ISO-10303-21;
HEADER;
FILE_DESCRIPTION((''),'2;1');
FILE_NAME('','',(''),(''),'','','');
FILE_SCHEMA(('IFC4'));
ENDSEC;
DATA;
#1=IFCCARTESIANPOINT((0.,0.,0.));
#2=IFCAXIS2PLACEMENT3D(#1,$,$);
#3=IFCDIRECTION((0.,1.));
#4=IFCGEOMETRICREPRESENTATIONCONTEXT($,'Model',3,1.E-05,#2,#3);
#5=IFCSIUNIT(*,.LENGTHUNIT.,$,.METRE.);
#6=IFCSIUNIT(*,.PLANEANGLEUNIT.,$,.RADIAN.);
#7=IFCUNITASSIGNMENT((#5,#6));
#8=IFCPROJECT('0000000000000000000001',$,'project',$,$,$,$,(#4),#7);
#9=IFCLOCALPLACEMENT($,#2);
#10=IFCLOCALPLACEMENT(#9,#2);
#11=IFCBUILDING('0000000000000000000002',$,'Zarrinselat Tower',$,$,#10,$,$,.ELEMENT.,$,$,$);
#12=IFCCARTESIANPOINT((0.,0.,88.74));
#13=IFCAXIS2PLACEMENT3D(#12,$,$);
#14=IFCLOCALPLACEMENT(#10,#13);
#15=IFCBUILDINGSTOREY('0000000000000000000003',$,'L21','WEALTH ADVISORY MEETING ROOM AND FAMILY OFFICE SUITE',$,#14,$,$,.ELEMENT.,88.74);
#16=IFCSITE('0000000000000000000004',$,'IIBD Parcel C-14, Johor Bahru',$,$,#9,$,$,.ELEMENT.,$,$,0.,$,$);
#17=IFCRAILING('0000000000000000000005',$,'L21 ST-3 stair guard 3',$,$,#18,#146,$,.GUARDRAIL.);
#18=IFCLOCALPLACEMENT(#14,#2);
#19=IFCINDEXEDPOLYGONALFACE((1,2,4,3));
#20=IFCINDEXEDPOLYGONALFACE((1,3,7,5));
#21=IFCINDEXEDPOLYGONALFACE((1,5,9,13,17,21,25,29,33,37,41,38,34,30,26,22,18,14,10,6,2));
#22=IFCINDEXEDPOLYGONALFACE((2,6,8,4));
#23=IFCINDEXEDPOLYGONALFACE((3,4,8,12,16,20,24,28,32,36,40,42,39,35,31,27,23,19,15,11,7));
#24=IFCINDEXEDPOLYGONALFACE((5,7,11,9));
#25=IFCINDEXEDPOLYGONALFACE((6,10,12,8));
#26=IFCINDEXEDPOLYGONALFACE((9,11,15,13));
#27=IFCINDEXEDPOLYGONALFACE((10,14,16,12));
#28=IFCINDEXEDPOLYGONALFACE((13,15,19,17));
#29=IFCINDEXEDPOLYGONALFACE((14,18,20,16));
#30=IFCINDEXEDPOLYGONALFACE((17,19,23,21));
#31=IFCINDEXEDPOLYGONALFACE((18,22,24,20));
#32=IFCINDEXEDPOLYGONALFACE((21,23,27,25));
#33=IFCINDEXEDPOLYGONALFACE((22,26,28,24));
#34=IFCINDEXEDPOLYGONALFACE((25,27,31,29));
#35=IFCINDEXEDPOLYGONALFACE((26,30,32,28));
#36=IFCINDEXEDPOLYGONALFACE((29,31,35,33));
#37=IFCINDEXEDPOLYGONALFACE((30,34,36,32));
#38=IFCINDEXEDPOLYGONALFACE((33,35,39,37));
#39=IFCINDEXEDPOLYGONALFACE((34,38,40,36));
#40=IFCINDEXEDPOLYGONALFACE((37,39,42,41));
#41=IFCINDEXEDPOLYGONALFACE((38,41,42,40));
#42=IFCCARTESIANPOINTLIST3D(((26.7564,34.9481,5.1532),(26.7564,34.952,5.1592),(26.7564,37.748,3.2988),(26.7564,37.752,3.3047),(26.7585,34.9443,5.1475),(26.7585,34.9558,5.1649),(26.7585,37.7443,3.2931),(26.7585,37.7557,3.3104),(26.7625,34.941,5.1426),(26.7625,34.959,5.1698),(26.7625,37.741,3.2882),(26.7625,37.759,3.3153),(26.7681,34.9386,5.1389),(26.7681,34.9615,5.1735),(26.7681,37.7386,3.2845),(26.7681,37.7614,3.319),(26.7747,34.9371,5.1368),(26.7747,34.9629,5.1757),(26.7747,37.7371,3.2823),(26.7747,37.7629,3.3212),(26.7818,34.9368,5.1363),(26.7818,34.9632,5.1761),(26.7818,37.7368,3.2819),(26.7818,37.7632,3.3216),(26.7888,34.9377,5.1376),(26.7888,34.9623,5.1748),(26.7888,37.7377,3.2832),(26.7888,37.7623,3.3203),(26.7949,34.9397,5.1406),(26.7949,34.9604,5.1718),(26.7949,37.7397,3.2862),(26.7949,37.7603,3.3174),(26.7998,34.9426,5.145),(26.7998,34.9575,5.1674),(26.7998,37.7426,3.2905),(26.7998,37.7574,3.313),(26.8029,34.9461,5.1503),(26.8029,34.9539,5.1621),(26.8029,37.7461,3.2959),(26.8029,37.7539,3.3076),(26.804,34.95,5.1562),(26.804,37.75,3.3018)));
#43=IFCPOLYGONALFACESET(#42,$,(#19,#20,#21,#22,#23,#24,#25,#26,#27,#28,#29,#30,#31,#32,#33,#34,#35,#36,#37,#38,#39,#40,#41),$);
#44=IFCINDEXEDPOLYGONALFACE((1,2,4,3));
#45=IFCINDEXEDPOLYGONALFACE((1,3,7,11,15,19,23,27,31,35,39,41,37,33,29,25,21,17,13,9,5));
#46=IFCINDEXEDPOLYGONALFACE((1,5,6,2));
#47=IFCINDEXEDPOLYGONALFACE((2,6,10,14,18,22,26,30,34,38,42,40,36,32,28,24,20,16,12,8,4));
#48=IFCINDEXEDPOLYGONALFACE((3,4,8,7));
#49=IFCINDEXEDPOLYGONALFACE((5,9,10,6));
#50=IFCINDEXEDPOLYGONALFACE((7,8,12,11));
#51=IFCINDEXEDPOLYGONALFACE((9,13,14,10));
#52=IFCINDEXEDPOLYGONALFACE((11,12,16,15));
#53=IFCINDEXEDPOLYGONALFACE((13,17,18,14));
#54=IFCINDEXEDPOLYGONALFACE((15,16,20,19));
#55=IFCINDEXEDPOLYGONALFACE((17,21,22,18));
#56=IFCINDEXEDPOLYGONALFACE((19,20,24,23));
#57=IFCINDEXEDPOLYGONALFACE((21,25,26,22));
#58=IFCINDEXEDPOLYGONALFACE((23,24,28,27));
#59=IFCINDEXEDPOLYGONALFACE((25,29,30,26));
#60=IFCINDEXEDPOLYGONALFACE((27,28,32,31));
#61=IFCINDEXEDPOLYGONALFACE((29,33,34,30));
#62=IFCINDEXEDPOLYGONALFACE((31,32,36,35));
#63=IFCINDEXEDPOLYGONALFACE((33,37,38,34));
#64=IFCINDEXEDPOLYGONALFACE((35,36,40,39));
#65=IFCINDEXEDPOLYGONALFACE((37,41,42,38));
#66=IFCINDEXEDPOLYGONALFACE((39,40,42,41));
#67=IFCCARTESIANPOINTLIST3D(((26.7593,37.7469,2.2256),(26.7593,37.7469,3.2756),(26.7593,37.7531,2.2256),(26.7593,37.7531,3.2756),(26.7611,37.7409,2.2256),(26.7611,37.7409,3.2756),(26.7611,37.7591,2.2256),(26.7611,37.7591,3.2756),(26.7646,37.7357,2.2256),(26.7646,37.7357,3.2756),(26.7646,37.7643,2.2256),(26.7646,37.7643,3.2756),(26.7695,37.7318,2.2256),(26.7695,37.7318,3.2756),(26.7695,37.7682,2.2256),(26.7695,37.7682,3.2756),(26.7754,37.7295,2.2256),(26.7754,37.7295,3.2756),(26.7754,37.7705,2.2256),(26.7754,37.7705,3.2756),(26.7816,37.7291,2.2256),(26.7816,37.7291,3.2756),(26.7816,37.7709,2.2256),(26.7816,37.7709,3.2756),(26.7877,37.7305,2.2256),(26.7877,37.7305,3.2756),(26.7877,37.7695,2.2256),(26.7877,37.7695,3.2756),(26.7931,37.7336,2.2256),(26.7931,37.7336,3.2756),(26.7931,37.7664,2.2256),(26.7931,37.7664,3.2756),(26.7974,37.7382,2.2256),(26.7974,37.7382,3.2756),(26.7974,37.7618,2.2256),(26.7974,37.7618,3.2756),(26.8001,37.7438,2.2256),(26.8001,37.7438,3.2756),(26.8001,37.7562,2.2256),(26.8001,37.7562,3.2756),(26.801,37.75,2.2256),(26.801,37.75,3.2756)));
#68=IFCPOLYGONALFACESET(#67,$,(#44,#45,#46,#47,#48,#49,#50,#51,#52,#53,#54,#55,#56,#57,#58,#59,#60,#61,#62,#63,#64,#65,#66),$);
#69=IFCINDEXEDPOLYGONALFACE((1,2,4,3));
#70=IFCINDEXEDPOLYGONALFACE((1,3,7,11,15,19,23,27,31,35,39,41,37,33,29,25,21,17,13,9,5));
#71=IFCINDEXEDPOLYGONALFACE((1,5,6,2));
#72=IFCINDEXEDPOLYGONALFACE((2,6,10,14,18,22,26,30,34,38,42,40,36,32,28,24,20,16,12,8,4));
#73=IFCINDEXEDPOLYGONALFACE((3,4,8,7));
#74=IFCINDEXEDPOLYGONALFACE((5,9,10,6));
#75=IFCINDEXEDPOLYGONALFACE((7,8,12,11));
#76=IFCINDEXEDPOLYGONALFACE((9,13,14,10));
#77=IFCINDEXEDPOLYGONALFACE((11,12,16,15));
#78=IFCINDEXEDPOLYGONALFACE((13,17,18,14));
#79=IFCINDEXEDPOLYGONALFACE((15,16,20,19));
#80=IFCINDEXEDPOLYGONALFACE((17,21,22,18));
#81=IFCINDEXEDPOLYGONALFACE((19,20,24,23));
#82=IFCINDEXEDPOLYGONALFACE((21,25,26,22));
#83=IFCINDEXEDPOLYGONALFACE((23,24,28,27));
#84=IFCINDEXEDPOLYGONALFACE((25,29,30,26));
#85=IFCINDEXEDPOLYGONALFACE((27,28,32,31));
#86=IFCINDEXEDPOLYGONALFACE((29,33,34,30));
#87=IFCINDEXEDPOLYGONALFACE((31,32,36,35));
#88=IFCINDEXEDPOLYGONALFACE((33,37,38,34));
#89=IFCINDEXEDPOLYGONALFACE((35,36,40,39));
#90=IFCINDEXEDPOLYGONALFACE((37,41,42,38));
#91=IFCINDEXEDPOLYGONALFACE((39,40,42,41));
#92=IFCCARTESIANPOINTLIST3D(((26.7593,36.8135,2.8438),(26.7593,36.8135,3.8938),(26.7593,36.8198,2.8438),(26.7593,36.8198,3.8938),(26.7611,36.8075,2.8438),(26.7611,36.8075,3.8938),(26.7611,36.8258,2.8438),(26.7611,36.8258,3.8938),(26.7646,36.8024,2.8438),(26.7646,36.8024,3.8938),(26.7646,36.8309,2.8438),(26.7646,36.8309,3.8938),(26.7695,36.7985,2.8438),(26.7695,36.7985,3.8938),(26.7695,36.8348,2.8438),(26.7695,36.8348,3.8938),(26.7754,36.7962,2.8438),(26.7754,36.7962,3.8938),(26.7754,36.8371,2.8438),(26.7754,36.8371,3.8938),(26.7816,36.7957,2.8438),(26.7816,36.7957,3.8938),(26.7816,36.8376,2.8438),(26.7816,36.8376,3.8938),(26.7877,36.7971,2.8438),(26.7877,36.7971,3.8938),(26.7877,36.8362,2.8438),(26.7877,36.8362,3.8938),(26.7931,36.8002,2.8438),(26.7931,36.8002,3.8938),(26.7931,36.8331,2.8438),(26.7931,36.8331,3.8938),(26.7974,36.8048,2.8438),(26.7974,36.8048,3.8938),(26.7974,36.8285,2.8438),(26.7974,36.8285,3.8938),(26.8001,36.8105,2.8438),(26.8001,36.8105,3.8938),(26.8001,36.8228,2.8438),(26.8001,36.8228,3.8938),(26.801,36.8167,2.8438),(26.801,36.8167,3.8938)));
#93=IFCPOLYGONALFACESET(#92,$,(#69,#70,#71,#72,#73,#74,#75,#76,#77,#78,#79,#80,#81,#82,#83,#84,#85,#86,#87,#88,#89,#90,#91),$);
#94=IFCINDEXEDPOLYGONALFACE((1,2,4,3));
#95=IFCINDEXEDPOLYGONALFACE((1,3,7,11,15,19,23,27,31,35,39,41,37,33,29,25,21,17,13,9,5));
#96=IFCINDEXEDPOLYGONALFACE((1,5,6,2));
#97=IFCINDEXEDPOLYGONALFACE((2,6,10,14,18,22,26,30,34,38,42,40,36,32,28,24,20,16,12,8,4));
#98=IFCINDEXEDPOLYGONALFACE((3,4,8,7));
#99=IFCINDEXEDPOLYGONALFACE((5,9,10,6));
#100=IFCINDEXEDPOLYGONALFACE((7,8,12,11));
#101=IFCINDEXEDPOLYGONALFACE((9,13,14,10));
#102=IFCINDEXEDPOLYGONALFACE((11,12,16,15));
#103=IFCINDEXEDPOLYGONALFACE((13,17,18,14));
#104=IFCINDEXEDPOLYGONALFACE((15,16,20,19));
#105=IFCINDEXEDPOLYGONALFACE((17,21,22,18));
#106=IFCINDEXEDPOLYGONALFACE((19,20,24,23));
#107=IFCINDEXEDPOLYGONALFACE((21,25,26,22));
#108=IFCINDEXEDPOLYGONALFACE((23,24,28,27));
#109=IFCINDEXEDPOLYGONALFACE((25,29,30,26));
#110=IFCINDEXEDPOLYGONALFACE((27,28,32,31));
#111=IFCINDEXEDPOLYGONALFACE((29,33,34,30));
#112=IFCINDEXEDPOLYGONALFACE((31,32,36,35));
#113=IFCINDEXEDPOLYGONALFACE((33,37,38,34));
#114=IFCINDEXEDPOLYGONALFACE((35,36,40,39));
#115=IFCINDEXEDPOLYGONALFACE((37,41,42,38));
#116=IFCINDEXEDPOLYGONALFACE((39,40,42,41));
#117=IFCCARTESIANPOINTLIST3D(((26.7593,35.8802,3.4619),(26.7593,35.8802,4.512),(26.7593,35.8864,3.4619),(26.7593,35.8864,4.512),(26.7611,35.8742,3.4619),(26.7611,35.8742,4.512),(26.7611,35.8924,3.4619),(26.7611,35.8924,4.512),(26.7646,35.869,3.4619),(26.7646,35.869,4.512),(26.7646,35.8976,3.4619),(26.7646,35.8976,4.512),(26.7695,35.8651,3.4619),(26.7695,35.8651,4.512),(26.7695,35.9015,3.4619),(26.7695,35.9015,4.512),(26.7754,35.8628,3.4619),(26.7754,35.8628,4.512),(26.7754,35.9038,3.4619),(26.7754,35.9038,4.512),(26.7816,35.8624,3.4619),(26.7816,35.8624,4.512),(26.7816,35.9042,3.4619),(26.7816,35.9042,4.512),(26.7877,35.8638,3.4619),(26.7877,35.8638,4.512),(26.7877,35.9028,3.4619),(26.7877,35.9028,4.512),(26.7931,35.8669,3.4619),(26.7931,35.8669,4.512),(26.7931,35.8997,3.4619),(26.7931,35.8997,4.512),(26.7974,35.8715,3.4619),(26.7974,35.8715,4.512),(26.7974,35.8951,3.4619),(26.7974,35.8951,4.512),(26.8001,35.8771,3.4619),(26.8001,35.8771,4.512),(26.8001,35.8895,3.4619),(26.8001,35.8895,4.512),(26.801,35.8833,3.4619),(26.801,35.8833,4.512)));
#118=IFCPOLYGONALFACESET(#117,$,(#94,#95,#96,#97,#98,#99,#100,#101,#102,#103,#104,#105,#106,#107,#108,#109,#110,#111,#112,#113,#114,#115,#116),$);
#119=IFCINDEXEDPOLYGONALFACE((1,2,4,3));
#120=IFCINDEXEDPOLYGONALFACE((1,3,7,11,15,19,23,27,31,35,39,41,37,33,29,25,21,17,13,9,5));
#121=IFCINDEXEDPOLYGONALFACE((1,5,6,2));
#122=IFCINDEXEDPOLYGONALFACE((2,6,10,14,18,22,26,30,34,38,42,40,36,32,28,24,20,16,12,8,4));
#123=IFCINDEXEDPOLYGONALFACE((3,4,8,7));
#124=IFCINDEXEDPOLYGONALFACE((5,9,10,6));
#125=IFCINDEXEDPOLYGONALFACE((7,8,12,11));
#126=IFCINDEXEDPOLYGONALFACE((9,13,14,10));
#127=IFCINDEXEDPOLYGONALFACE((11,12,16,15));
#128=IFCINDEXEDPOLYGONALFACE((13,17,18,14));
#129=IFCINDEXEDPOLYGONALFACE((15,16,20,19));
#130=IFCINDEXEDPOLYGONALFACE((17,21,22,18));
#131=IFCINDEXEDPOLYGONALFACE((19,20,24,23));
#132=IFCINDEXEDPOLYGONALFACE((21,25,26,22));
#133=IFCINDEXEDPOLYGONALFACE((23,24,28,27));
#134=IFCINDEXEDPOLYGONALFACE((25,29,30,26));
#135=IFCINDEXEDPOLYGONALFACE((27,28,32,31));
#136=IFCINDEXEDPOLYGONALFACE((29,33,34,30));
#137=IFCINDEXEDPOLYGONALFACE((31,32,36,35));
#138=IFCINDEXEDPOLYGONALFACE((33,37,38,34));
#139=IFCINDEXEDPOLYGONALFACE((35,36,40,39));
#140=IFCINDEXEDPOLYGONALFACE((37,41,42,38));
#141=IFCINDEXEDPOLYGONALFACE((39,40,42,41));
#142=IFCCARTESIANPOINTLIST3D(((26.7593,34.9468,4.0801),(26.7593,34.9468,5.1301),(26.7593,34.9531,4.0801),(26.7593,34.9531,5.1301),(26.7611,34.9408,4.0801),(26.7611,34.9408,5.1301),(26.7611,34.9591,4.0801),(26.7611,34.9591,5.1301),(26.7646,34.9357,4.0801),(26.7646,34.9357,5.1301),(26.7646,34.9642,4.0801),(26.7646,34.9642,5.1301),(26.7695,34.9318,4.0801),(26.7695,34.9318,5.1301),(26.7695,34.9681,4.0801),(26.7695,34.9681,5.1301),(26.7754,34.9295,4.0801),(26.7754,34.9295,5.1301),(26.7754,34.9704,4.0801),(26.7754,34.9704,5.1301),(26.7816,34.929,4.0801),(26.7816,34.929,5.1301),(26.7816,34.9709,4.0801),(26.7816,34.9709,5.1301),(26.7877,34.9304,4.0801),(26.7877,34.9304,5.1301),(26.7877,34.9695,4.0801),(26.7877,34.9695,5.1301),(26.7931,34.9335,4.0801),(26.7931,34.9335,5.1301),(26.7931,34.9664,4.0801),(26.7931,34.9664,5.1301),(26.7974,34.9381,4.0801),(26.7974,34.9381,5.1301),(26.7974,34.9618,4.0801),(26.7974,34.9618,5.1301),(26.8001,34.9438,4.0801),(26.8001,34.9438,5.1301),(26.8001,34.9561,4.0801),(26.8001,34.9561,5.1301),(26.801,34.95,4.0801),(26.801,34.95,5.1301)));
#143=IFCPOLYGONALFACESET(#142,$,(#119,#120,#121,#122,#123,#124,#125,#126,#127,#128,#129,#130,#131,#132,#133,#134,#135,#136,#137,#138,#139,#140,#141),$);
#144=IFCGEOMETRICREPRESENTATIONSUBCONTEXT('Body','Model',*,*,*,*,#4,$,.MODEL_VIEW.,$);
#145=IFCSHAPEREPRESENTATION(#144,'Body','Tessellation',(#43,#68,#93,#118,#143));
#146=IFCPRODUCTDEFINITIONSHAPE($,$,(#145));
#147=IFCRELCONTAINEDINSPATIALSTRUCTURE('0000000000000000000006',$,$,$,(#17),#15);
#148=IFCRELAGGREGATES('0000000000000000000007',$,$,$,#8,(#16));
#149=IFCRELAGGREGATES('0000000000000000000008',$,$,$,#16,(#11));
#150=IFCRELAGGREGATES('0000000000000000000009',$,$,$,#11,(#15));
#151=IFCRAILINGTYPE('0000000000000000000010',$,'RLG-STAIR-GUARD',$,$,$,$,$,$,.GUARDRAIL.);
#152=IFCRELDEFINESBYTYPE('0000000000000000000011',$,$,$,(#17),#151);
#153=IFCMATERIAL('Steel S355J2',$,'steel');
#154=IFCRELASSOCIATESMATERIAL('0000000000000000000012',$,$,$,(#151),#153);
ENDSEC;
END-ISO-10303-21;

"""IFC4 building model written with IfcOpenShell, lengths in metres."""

from ifc_helpers import new_model, si_unit, direction, frame, origin, origin_2d, place, context, subcontext, project, spatial, circle, extrude, material, type_object, element, save


model = new_model("IFC4")

# Units and contexts
model_context = context("Model", 3, precision=1e-05, world=origin(), true_north=direction((0.0, 1.0)))
body_context = subcontext(model_context, "Body", "Model", "MODEL_VIEW")
ifc_project = project(units=[si_unit("LENGTHUNIT", "METRE"), si_unit("PLANEANGLEUNIT", "RADIAN")], contexts=[model_context])

# Site, building, storey
site_placement = place(None, origin())
site = spatial("IfcSite", under=ifc_project, at=site_placement, Name="IIBD Parcel C-14, Johor Bahru", CompositionType="ELEMENT", RefElevation=0.0)
building_placement = place(site_placement, origin())
building = spatial("IfcBuilding", under=site, at=building_placement, Name="Zarrinselat Tower", CompositionType="ELEMENT")
storey_placement = place(building_placement, frame((0.0, 0.0, 88.74)))
storey = spatial("IfcBuildingStorey", under=building, at=storey_placement, Name="L21", Description="WEALTH ADVISORY MEETING ROOM AND FAMILY OFFICE SUITE", CompositionType="ELEMENT", Elevation=88.74)

# Railing
ifc_material_1 = material(Name="Steel S355J2", Category="steel")
railing_type_1 = type_object("IfcRailingType", Name="RLG-STAIR-GUARD", PredefinedType="GUARDRAIL", material=ifc_material_1)
railing_1_placement = place(storey_placement, frame((26.78, 37.75, 2.2256)))
element("IfcRailing", 1, at=railing_1_placement, inside=storey, type_object=railing_type_1, Name="L21 ST-3 stair guard 3", PredefinedType="GUARDRAIL", context=body_context, shape_type="SweptSolid", body=[
    extrude(circle(Radius=0.0239, at=origin_2d()), frame((0.0, 0.0, 1.0762), z_axis=(0.0, -0.833724, 0.552181), x_axis=(1.0, 0.0, 0.0)), (0.0, 0.0, 1.0), 3.3584),
    extrude(circle(Radius=0.021, at=origin_2d()), origin(), (0.0, 0.0, 1.0), 1.05),
    extrude(circle(Radius=0.021, at=origin_2d()), frame((0.0, -0.9333, 0.6182)), (0.0, 0.0, 1.0), 1.05),
    extrude(circle(Radius=0.021, at=origin_2d()), frame((0.0, -1.8667, 1.2363)), (0.0, 0.0, 1.0), 1.05),
    extrude(circle(Radius=0.021, at=origin_2d()), frame((0.0, -2.8, 1.8545)), (0.0, 0.0, 1.0), 1.05),
])

save(model, "model.ifc")
